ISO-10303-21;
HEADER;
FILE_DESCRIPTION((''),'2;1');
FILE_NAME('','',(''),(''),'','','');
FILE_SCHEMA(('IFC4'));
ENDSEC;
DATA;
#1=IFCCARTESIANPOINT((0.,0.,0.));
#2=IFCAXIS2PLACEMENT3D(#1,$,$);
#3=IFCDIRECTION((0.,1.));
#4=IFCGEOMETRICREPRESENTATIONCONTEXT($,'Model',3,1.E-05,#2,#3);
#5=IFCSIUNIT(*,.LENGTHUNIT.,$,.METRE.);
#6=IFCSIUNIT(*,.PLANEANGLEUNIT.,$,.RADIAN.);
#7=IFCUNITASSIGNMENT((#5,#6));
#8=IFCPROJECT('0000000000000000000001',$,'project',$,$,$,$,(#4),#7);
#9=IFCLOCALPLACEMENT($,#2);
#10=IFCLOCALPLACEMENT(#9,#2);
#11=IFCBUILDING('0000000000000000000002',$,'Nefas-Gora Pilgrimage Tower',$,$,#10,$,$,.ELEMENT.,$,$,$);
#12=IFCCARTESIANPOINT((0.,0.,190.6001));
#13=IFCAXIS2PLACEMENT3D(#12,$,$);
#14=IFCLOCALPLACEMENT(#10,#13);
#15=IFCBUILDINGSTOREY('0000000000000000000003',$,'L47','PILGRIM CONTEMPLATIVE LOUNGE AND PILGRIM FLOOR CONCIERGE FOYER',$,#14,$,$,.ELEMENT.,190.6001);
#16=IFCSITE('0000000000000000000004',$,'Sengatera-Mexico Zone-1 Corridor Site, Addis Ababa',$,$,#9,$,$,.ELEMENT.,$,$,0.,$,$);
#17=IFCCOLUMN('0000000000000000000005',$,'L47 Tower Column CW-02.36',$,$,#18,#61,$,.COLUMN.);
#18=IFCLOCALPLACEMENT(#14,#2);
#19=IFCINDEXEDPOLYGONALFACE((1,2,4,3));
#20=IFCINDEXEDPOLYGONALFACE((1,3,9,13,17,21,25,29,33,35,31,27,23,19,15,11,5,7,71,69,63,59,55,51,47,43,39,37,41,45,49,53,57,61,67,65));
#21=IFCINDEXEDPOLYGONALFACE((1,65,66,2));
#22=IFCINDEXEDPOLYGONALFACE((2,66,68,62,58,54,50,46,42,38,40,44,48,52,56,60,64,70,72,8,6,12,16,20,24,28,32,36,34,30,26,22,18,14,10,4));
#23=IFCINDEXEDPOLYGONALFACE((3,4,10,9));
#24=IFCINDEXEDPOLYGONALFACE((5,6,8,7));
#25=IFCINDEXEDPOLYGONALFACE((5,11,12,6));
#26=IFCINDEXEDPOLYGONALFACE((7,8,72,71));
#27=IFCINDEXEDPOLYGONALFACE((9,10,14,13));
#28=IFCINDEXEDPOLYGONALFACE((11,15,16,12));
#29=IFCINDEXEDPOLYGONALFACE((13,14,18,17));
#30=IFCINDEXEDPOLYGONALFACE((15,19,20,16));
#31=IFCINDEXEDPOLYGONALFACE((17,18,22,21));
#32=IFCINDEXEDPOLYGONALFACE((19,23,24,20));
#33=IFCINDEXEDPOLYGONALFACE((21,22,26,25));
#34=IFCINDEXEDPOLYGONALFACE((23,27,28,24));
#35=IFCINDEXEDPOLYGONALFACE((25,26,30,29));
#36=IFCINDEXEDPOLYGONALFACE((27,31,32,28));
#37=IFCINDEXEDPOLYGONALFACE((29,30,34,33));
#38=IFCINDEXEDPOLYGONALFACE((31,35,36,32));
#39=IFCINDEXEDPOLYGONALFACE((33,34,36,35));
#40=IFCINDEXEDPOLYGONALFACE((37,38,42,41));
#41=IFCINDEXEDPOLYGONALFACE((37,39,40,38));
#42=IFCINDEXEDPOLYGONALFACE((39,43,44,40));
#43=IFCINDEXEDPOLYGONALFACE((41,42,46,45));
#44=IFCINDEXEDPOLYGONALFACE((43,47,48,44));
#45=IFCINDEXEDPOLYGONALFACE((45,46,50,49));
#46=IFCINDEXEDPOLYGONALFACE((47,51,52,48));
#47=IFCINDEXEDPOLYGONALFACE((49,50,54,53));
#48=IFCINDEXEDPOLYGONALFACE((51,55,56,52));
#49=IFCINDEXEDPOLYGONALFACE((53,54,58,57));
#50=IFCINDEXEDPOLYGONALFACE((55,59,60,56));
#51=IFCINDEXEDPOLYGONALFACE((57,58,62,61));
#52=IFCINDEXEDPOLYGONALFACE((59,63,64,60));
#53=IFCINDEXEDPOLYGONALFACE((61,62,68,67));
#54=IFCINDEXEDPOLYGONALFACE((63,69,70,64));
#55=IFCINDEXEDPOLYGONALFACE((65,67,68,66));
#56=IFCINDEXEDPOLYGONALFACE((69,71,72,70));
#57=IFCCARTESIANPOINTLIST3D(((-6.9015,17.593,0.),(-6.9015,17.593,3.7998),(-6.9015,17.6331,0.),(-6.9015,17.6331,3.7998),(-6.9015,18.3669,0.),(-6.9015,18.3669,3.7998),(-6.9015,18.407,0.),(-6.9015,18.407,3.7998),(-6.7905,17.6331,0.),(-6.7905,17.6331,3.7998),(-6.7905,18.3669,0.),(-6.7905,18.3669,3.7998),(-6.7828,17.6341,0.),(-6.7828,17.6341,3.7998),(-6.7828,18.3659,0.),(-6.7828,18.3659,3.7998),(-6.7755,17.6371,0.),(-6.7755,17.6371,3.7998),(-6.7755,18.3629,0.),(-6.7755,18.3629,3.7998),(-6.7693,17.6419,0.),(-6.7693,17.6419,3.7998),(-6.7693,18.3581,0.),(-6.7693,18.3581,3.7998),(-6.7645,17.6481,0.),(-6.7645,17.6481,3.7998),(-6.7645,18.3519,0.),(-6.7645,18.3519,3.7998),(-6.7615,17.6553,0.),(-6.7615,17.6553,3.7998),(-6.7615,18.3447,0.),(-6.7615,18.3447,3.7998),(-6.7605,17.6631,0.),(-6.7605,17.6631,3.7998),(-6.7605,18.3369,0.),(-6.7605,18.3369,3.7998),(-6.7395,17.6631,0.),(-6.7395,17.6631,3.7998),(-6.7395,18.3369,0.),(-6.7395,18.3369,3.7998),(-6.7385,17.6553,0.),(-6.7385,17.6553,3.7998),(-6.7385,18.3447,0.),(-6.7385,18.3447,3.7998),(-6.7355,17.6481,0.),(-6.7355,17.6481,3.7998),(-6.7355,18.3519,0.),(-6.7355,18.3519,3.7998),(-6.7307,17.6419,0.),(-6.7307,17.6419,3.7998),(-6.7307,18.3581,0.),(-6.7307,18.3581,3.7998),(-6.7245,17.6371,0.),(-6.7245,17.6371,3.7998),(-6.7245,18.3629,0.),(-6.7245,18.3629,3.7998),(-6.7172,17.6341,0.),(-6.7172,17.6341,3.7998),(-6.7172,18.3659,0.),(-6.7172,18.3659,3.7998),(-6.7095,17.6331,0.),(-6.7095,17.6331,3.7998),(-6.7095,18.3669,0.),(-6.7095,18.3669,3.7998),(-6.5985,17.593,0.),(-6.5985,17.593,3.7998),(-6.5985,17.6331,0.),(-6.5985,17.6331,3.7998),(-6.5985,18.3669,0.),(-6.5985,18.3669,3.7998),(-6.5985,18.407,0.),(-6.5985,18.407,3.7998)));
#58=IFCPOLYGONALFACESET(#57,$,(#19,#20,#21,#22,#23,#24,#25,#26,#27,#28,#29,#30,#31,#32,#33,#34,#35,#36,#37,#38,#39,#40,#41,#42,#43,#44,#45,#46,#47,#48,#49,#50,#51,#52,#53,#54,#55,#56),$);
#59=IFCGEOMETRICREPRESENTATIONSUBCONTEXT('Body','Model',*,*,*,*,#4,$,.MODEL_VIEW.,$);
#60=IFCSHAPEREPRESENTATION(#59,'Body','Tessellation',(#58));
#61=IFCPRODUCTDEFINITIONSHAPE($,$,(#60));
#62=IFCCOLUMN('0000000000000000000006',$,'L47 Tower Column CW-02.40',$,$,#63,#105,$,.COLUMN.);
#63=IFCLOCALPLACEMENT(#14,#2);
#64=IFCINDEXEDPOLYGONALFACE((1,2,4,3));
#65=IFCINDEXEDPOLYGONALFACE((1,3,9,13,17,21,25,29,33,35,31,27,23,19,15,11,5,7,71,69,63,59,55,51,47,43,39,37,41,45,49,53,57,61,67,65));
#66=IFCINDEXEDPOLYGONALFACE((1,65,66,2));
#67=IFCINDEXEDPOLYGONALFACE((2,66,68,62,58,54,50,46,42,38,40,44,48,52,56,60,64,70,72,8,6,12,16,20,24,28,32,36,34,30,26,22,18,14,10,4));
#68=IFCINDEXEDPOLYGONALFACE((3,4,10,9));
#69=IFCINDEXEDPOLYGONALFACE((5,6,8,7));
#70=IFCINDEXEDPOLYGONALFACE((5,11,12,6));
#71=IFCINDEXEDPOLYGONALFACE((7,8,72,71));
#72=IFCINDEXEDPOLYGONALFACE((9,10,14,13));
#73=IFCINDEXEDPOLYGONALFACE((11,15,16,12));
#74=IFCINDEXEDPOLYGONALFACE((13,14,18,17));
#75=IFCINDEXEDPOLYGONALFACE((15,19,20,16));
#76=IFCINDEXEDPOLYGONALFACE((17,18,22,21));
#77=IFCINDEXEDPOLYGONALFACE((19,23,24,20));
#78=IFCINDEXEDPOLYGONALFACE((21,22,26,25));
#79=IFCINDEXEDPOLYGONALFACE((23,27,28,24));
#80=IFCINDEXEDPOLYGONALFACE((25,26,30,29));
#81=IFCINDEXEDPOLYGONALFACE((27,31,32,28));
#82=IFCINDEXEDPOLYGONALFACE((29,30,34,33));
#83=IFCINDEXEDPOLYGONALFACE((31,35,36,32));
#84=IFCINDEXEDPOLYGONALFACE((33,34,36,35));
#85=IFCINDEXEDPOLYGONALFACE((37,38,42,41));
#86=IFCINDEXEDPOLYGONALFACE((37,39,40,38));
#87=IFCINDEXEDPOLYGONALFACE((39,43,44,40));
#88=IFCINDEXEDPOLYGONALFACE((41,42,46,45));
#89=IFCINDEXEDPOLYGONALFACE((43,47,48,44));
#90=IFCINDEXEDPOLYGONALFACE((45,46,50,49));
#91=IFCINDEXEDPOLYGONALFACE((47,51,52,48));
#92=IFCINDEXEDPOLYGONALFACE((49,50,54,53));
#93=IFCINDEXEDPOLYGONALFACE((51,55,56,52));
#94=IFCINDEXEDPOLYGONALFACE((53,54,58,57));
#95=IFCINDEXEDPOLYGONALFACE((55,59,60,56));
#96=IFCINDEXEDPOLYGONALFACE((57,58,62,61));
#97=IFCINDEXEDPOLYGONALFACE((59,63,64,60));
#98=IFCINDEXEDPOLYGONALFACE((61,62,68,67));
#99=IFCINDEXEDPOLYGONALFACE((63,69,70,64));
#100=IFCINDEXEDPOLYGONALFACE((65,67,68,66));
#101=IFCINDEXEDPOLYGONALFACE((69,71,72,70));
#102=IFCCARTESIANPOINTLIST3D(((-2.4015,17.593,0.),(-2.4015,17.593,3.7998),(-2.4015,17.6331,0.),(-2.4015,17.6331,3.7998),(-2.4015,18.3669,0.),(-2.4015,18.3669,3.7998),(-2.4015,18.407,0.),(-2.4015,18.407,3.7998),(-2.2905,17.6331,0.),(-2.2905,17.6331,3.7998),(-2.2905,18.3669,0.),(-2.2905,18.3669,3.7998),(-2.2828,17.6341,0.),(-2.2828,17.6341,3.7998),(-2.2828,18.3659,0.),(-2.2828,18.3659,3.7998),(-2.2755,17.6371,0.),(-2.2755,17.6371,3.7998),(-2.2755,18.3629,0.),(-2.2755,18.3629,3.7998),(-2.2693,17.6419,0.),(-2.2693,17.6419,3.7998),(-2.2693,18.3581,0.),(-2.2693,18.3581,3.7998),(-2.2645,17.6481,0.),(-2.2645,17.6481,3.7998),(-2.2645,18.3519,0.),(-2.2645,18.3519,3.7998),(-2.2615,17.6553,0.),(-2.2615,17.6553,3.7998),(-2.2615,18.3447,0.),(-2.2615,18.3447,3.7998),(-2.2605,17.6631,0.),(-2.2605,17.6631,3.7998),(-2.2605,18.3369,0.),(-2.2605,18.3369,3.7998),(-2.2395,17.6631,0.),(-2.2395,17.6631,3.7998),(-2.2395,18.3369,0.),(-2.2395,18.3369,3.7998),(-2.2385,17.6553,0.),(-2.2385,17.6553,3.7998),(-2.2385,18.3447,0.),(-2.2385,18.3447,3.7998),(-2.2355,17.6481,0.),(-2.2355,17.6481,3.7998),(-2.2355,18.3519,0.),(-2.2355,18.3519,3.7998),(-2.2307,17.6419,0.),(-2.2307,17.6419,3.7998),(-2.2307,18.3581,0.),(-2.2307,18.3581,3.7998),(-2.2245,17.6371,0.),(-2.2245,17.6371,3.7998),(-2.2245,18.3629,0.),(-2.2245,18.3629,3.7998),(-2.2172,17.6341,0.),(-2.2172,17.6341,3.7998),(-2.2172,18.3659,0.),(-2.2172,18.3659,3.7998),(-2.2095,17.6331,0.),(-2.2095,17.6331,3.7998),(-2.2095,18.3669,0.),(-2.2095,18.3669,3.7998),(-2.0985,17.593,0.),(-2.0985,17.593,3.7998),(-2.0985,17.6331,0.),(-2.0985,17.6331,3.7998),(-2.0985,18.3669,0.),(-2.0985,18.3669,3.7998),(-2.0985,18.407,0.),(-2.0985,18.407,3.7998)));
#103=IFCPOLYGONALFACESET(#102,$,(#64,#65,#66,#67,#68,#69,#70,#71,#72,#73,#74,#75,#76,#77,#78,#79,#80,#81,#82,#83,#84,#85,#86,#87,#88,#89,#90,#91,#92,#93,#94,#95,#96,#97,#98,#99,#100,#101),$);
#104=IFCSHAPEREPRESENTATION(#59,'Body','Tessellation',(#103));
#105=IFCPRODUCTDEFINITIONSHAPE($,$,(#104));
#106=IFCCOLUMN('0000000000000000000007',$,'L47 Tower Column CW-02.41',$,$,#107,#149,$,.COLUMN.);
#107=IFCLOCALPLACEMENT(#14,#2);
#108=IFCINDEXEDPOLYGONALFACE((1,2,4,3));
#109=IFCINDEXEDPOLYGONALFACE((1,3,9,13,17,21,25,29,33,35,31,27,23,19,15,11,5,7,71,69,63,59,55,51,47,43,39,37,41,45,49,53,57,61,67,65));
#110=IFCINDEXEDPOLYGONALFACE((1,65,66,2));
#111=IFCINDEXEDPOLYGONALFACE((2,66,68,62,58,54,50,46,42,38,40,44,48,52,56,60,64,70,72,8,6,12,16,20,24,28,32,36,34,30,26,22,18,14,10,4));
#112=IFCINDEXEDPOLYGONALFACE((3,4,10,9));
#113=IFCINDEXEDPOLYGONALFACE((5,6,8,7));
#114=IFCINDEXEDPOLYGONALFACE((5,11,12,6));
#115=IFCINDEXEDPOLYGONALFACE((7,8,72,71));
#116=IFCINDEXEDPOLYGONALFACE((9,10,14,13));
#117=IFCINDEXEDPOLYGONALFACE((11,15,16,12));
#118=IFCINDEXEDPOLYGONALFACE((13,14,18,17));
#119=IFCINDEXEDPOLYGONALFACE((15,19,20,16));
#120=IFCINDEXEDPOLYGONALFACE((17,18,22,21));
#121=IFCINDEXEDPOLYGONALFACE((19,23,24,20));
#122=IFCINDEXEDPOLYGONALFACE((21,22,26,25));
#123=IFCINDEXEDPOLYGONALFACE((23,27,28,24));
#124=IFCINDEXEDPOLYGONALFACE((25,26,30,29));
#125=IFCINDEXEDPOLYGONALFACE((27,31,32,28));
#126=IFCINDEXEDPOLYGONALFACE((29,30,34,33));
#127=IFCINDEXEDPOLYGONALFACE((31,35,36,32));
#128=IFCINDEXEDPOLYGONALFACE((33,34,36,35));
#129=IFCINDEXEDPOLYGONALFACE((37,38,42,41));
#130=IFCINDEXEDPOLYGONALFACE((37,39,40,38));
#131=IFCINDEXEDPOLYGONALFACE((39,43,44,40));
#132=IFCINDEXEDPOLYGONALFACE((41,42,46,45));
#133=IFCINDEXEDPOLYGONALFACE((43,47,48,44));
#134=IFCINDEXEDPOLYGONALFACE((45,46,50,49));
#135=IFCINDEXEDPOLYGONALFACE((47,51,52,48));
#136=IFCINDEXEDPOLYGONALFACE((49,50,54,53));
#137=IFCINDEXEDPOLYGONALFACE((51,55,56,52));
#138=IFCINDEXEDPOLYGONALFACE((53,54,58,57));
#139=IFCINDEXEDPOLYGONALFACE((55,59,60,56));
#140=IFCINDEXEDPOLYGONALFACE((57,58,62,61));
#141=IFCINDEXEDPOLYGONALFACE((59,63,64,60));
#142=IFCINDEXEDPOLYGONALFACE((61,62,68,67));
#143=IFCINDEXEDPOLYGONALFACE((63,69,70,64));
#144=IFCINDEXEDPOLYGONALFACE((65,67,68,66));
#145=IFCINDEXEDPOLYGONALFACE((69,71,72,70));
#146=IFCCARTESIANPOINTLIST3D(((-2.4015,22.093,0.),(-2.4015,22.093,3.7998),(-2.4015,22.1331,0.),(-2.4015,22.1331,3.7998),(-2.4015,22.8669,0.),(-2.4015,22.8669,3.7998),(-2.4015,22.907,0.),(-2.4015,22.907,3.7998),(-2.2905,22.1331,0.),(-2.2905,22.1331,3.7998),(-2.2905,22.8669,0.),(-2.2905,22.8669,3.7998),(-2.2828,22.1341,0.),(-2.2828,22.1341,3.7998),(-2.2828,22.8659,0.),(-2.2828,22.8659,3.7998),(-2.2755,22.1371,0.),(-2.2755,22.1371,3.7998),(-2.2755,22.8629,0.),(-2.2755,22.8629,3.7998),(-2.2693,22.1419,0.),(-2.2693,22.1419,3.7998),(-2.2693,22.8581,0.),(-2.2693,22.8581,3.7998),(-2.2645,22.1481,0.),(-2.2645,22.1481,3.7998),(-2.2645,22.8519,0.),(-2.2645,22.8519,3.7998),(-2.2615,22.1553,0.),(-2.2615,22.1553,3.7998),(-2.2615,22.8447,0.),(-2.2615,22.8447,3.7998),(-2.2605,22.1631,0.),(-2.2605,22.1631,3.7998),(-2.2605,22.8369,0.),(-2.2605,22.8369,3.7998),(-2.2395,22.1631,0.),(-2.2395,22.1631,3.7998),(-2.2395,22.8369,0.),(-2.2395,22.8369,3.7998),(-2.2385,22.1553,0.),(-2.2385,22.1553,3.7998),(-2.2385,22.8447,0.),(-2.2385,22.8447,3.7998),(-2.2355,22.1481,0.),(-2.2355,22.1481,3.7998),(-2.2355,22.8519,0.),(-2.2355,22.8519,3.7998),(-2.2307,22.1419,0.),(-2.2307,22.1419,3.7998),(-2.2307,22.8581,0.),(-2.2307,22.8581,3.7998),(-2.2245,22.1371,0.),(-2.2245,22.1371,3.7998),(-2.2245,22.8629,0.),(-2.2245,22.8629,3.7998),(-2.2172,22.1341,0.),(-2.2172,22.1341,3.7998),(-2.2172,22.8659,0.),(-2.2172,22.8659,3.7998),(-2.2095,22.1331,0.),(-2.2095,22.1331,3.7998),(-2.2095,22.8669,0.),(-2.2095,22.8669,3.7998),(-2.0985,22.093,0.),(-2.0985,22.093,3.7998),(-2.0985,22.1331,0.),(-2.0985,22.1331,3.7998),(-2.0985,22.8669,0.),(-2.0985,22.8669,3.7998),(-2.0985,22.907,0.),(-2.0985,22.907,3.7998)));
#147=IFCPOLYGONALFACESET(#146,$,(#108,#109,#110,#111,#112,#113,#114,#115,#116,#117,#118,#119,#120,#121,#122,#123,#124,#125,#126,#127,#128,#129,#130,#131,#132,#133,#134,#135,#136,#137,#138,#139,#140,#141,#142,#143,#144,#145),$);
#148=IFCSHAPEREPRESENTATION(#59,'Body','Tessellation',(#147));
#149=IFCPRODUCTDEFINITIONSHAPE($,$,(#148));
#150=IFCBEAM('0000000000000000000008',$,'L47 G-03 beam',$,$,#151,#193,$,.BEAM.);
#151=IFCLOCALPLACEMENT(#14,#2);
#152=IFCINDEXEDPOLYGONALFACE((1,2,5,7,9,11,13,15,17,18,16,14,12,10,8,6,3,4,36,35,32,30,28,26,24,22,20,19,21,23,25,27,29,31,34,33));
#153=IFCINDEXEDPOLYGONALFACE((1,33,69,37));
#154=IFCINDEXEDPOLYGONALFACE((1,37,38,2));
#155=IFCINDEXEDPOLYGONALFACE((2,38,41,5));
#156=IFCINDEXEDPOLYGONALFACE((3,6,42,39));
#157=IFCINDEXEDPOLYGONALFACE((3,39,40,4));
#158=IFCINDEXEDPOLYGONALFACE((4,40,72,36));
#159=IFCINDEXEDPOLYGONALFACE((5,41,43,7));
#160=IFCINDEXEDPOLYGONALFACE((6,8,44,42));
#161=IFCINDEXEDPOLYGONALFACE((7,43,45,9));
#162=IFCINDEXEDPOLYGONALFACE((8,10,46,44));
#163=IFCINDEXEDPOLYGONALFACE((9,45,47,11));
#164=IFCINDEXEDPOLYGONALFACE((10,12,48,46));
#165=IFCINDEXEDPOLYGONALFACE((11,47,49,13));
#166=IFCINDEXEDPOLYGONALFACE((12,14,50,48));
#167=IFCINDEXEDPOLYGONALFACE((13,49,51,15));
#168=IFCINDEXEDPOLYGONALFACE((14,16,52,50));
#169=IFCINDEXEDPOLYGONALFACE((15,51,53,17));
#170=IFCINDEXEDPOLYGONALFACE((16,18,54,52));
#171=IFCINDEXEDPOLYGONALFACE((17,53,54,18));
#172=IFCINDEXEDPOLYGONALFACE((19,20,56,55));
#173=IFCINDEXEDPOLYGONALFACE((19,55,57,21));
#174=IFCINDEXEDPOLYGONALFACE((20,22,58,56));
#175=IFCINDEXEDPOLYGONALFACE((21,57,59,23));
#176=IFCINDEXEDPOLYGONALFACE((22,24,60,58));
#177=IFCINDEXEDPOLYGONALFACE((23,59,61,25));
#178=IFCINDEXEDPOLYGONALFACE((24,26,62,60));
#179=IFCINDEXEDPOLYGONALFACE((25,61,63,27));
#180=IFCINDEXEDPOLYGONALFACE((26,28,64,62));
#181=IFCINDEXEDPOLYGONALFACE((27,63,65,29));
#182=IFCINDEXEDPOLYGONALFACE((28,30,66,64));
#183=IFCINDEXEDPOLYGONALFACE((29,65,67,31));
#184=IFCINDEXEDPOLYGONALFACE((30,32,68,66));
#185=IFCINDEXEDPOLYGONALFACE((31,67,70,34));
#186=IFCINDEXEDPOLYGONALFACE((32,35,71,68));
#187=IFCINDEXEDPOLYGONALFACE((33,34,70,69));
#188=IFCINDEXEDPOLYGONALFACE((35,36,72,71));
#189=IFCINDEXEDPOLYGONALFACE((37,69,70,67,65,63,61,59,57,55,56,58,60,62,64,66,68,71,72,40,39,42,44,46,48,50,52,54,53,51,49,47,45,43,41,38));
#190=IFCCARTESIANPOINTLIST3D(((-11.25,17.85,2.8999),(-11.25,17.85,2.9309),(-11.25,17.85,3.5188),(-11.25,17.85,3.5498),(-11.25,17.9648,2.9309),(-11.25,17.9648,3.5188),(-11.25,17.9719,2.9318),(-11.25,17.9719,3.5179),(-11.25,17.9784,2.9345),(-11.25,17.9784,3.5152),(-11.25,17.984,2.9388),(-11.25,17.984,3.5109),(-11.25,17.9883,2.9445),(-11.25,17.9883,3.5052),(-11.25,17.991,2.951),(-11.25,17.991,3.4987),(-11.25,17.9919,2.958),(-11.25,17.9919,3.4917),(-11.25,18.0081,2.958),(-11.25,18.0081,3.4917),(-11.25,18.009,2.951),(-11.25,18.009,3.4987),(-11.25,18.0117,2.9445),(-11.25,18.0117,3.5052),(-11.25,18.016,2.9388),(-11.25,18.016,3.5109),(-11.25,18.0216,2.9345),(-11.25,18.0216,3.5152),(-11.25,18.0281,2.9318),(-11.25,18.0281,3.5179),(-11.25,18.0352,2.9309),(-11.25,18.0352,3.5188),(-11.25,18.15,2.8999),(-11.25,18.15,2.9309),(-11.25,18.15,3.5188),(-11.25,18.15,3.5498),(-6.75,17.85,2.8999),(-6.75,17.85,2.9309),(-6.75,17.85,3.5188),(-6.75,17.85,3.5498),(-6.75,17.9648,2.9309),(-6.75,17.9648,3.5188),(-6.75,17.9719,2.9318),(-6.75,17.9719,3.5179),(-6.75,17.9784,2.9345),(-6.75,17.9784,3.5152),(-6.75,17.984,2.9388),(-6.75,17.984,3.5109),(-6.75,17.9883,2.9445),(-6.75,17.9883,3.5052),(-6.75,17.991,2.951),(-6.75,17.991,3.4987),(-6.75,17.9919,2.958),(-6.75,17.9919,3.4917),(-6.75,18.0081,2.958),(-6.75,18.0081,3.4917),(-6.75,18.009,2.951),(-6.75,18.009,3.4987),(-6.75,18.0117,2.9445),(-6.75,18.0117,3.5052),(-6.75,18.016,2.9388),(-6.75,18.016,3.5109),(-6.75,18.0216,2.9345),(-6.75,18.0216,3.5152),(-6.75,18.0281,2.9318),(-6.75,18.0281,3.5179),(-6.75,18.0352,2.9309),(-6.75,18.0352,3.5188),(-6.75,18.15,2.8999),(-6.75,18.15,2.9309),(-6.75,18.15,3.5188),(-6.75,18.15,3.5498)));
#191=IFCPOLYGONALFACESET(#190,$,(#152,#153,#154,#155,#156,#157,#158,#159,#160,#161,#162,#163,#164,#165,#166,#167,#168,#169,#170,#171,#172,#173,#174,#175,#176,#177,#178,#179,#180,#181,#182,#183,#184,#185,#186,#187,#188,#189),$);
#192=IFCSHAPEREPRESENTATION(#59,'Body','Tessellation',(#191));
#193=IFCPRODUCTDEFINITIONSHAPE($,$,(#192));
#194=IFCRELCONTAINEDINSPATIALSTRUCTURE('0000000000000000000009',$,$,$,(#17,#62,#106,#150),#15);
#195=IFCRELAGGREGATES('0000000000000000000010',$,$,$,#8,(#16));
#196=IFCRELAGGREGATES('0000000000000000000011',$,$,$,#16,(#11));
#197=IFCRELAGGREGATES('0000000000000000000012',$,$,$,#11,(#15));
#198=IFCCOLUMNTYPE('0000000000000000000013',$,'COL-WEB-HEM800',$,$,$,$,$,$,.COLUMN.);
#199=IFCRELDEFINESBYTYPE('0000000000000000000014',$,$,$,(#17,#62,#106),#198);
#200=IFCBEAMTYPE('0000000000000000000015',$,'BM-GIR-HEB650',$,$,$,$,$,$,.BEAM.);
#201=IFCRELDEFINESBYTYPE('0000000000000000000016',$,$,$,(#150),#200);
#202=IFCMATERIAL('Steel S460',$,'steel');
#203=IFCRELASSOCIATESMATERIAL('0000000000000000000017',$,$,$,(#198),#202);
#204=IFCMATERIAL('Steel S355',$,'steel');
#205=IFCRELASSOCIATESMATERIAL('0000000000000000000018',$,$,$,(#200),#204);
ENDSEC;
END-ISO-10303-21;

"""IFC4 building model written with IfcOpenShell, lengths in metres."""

from ifc_helpers import new_model, si_unit, direction, frame, origin, origin_2d, place, context, subcontext, project, spatial, i_section, extrude, source, transform, mapped, material, material_profile, profile_set, type_object, element, save


model = new_model("IFC4")

# Units and contexts
model_context = context("Model", 3, precision=1e-05, world=origin(), true_north=direction((0.0, 1.0)))
body_context = subcontext(model_context, "Body", "Model", "MODEL_VIEW")
ifc_project = project(units=[si_unit("LENGTHUNIT", "METRE"), si_unit("PLANEANGLEUNIT", "RADIAN")], contexts=[model_context])

# Site, building, storey
site_placement = place(None, origin())
site = spatial("IfcSite", under=ifc_project, at=site_placement, Name="Sengatera-Mexico Zone-1 Corridor Site, Addis Ababa", CompositionType="ELEMENT", RefElevation=0.0)
building_placement = place(site_placement, origin())
building = spatial("IfcBuilding", under=site, at=building_placement, Name="Nefas-Gora Pilgrimage Tower", CompositionType="ELEMENT")
storey_placement = place(building_placement, frame((0.0, 0.0, 190.6001)))
storey = spatial("IfcBuildingStorey", under=building, at=storey_placement, Name="L47", Description="PILGRIM CONTEMPLATIVE LOUNGE AND PILGRIM FLOOR CONCIERGE FOYER", CompositionType="ELEMENT", Elevation=190.6001)

# Columns
ifc_material_1 = material(Name="Steel S460", Category="steel")
ifc_material_profile_1 = material_profile(ifc_material_1, i_section(OverallWidth=0.303, OverallDepth=0.814, WebThickness=0.021, FlangeThickness=0.04, FilletRadius=0.03, at=origin_2d()), Name="HEM 800")
ifc_profile_set_1 = profile_set([ifc_material_profile_1], Name="Steel S460")
column_type_1 = type_object("IfcColumnType", Name="COL-WEB-HEM800", PredefinedType="COLUMN", material=ifc_profile_set_1)
shared_shape_1 = source(origin(), body_context, "Body", "SweptSolid", [
    extrude(i_section(OverallWidth=0.303, OverallDepth=0.814, WebThickness=0.021, FlangeThickness=0.04, FilletRadius=0.03, at=origin_2d()), origin(), (0.0, 0.0, 1.0), 3.7998),
])
for number, where, z_axis, x_axis, name in (
    (1, (-6.75, 18.0, 0.0), (0.0, 0.0, 1.0), (1.0, 0.0, 0.0), "L47 Tower Column CW-02.36"),
    (2, (-2.25, 18.0, 0.0), (0.0, 0.0, 1.0), (1.0, 0.0, 0.0), "L47 Tower Column CW-02.40"),
    (3, (-2.25, 22.5, 0.0), (0.0, 0.0, 1.0), (1.0, 0.0, 0.0), "L47 Tower Column CW-02.41"),
):
    element("IfcColumn", number, at=place(storey_placement, frame(where, z_axis=z_axis, x_axis=x_axis)), inside=storey, type_object=column_type_1, Name=name, PredefinedType="COLUMN", context=body_context, shape_type="MappedRepresentation", body=[
        mapped(shared_shape_1, transform((0.0, 0.0, 0.0), x_axis=(1.0, 0.0, 0.0), y_axis=(0.0, 1.0, 0.0), z_axis=(0.0, 0.0, 1.0), scale=1.0)),
    ])

# Beam
ifc_material_2 = material(Name="Steel S355", Category="steel")
ifc_material_profile_2 = material_profile(ifc_material_2, i_section(OverallWidth=0.3, OverallDepth=0.6499, WebThickness=0.0161, FlangeThickness=0.031, FilletRadius=0.0271, at=origin_2d()), Name="HEB 650")
ifc_profile_set_2 = profile_set([ifc_material_profile_2], Name="Steel S355")
beam_type = type_object("IfcBeamType", Name="BM-GIR-HEB650", PredefinedType="BEAM", material=ifc_profile_set_2)
shared_shape_2 = source(origin(), body_context, "Body", "SweptSolid", [
    extrude(i_section(OverallWidth=0.3, OverallDepth=0.6499, WebThickness=0.0161, FlangeThickness=0.031, FilletRadius=0.0271, at=origin_2d()), origin(), (0.0, 0.0, 1.0), 4.5),
])
for number, where, z_axis, x_axis, name in (
    (4, (-11.25, 18.0, 3.2249), (1.0, 0.0, 0.0), (0.0, 1.0, 0.0), "L47 G-03 beam"),
):
    element("IfcBeam", number, at=place(storey_placement, frame(where, z_axis=z_axis, x_axis=x_axis)), inside=storey, type_object=beam_type, Name=name, PredefinedType="BEAM", context=body_context, shape_type="MappedRepresentation", body=[
        mapped(shared_shape_2, transform((0.0, 0.0, 0.0), x_axis=(1.0, 0.0, 0.0), y_axis=(0.0, 1.0, 0.0), z_axis=(0.0, 0.0, 1.0), scale=1.0)),
    ])

save(model, "model.ifc")
